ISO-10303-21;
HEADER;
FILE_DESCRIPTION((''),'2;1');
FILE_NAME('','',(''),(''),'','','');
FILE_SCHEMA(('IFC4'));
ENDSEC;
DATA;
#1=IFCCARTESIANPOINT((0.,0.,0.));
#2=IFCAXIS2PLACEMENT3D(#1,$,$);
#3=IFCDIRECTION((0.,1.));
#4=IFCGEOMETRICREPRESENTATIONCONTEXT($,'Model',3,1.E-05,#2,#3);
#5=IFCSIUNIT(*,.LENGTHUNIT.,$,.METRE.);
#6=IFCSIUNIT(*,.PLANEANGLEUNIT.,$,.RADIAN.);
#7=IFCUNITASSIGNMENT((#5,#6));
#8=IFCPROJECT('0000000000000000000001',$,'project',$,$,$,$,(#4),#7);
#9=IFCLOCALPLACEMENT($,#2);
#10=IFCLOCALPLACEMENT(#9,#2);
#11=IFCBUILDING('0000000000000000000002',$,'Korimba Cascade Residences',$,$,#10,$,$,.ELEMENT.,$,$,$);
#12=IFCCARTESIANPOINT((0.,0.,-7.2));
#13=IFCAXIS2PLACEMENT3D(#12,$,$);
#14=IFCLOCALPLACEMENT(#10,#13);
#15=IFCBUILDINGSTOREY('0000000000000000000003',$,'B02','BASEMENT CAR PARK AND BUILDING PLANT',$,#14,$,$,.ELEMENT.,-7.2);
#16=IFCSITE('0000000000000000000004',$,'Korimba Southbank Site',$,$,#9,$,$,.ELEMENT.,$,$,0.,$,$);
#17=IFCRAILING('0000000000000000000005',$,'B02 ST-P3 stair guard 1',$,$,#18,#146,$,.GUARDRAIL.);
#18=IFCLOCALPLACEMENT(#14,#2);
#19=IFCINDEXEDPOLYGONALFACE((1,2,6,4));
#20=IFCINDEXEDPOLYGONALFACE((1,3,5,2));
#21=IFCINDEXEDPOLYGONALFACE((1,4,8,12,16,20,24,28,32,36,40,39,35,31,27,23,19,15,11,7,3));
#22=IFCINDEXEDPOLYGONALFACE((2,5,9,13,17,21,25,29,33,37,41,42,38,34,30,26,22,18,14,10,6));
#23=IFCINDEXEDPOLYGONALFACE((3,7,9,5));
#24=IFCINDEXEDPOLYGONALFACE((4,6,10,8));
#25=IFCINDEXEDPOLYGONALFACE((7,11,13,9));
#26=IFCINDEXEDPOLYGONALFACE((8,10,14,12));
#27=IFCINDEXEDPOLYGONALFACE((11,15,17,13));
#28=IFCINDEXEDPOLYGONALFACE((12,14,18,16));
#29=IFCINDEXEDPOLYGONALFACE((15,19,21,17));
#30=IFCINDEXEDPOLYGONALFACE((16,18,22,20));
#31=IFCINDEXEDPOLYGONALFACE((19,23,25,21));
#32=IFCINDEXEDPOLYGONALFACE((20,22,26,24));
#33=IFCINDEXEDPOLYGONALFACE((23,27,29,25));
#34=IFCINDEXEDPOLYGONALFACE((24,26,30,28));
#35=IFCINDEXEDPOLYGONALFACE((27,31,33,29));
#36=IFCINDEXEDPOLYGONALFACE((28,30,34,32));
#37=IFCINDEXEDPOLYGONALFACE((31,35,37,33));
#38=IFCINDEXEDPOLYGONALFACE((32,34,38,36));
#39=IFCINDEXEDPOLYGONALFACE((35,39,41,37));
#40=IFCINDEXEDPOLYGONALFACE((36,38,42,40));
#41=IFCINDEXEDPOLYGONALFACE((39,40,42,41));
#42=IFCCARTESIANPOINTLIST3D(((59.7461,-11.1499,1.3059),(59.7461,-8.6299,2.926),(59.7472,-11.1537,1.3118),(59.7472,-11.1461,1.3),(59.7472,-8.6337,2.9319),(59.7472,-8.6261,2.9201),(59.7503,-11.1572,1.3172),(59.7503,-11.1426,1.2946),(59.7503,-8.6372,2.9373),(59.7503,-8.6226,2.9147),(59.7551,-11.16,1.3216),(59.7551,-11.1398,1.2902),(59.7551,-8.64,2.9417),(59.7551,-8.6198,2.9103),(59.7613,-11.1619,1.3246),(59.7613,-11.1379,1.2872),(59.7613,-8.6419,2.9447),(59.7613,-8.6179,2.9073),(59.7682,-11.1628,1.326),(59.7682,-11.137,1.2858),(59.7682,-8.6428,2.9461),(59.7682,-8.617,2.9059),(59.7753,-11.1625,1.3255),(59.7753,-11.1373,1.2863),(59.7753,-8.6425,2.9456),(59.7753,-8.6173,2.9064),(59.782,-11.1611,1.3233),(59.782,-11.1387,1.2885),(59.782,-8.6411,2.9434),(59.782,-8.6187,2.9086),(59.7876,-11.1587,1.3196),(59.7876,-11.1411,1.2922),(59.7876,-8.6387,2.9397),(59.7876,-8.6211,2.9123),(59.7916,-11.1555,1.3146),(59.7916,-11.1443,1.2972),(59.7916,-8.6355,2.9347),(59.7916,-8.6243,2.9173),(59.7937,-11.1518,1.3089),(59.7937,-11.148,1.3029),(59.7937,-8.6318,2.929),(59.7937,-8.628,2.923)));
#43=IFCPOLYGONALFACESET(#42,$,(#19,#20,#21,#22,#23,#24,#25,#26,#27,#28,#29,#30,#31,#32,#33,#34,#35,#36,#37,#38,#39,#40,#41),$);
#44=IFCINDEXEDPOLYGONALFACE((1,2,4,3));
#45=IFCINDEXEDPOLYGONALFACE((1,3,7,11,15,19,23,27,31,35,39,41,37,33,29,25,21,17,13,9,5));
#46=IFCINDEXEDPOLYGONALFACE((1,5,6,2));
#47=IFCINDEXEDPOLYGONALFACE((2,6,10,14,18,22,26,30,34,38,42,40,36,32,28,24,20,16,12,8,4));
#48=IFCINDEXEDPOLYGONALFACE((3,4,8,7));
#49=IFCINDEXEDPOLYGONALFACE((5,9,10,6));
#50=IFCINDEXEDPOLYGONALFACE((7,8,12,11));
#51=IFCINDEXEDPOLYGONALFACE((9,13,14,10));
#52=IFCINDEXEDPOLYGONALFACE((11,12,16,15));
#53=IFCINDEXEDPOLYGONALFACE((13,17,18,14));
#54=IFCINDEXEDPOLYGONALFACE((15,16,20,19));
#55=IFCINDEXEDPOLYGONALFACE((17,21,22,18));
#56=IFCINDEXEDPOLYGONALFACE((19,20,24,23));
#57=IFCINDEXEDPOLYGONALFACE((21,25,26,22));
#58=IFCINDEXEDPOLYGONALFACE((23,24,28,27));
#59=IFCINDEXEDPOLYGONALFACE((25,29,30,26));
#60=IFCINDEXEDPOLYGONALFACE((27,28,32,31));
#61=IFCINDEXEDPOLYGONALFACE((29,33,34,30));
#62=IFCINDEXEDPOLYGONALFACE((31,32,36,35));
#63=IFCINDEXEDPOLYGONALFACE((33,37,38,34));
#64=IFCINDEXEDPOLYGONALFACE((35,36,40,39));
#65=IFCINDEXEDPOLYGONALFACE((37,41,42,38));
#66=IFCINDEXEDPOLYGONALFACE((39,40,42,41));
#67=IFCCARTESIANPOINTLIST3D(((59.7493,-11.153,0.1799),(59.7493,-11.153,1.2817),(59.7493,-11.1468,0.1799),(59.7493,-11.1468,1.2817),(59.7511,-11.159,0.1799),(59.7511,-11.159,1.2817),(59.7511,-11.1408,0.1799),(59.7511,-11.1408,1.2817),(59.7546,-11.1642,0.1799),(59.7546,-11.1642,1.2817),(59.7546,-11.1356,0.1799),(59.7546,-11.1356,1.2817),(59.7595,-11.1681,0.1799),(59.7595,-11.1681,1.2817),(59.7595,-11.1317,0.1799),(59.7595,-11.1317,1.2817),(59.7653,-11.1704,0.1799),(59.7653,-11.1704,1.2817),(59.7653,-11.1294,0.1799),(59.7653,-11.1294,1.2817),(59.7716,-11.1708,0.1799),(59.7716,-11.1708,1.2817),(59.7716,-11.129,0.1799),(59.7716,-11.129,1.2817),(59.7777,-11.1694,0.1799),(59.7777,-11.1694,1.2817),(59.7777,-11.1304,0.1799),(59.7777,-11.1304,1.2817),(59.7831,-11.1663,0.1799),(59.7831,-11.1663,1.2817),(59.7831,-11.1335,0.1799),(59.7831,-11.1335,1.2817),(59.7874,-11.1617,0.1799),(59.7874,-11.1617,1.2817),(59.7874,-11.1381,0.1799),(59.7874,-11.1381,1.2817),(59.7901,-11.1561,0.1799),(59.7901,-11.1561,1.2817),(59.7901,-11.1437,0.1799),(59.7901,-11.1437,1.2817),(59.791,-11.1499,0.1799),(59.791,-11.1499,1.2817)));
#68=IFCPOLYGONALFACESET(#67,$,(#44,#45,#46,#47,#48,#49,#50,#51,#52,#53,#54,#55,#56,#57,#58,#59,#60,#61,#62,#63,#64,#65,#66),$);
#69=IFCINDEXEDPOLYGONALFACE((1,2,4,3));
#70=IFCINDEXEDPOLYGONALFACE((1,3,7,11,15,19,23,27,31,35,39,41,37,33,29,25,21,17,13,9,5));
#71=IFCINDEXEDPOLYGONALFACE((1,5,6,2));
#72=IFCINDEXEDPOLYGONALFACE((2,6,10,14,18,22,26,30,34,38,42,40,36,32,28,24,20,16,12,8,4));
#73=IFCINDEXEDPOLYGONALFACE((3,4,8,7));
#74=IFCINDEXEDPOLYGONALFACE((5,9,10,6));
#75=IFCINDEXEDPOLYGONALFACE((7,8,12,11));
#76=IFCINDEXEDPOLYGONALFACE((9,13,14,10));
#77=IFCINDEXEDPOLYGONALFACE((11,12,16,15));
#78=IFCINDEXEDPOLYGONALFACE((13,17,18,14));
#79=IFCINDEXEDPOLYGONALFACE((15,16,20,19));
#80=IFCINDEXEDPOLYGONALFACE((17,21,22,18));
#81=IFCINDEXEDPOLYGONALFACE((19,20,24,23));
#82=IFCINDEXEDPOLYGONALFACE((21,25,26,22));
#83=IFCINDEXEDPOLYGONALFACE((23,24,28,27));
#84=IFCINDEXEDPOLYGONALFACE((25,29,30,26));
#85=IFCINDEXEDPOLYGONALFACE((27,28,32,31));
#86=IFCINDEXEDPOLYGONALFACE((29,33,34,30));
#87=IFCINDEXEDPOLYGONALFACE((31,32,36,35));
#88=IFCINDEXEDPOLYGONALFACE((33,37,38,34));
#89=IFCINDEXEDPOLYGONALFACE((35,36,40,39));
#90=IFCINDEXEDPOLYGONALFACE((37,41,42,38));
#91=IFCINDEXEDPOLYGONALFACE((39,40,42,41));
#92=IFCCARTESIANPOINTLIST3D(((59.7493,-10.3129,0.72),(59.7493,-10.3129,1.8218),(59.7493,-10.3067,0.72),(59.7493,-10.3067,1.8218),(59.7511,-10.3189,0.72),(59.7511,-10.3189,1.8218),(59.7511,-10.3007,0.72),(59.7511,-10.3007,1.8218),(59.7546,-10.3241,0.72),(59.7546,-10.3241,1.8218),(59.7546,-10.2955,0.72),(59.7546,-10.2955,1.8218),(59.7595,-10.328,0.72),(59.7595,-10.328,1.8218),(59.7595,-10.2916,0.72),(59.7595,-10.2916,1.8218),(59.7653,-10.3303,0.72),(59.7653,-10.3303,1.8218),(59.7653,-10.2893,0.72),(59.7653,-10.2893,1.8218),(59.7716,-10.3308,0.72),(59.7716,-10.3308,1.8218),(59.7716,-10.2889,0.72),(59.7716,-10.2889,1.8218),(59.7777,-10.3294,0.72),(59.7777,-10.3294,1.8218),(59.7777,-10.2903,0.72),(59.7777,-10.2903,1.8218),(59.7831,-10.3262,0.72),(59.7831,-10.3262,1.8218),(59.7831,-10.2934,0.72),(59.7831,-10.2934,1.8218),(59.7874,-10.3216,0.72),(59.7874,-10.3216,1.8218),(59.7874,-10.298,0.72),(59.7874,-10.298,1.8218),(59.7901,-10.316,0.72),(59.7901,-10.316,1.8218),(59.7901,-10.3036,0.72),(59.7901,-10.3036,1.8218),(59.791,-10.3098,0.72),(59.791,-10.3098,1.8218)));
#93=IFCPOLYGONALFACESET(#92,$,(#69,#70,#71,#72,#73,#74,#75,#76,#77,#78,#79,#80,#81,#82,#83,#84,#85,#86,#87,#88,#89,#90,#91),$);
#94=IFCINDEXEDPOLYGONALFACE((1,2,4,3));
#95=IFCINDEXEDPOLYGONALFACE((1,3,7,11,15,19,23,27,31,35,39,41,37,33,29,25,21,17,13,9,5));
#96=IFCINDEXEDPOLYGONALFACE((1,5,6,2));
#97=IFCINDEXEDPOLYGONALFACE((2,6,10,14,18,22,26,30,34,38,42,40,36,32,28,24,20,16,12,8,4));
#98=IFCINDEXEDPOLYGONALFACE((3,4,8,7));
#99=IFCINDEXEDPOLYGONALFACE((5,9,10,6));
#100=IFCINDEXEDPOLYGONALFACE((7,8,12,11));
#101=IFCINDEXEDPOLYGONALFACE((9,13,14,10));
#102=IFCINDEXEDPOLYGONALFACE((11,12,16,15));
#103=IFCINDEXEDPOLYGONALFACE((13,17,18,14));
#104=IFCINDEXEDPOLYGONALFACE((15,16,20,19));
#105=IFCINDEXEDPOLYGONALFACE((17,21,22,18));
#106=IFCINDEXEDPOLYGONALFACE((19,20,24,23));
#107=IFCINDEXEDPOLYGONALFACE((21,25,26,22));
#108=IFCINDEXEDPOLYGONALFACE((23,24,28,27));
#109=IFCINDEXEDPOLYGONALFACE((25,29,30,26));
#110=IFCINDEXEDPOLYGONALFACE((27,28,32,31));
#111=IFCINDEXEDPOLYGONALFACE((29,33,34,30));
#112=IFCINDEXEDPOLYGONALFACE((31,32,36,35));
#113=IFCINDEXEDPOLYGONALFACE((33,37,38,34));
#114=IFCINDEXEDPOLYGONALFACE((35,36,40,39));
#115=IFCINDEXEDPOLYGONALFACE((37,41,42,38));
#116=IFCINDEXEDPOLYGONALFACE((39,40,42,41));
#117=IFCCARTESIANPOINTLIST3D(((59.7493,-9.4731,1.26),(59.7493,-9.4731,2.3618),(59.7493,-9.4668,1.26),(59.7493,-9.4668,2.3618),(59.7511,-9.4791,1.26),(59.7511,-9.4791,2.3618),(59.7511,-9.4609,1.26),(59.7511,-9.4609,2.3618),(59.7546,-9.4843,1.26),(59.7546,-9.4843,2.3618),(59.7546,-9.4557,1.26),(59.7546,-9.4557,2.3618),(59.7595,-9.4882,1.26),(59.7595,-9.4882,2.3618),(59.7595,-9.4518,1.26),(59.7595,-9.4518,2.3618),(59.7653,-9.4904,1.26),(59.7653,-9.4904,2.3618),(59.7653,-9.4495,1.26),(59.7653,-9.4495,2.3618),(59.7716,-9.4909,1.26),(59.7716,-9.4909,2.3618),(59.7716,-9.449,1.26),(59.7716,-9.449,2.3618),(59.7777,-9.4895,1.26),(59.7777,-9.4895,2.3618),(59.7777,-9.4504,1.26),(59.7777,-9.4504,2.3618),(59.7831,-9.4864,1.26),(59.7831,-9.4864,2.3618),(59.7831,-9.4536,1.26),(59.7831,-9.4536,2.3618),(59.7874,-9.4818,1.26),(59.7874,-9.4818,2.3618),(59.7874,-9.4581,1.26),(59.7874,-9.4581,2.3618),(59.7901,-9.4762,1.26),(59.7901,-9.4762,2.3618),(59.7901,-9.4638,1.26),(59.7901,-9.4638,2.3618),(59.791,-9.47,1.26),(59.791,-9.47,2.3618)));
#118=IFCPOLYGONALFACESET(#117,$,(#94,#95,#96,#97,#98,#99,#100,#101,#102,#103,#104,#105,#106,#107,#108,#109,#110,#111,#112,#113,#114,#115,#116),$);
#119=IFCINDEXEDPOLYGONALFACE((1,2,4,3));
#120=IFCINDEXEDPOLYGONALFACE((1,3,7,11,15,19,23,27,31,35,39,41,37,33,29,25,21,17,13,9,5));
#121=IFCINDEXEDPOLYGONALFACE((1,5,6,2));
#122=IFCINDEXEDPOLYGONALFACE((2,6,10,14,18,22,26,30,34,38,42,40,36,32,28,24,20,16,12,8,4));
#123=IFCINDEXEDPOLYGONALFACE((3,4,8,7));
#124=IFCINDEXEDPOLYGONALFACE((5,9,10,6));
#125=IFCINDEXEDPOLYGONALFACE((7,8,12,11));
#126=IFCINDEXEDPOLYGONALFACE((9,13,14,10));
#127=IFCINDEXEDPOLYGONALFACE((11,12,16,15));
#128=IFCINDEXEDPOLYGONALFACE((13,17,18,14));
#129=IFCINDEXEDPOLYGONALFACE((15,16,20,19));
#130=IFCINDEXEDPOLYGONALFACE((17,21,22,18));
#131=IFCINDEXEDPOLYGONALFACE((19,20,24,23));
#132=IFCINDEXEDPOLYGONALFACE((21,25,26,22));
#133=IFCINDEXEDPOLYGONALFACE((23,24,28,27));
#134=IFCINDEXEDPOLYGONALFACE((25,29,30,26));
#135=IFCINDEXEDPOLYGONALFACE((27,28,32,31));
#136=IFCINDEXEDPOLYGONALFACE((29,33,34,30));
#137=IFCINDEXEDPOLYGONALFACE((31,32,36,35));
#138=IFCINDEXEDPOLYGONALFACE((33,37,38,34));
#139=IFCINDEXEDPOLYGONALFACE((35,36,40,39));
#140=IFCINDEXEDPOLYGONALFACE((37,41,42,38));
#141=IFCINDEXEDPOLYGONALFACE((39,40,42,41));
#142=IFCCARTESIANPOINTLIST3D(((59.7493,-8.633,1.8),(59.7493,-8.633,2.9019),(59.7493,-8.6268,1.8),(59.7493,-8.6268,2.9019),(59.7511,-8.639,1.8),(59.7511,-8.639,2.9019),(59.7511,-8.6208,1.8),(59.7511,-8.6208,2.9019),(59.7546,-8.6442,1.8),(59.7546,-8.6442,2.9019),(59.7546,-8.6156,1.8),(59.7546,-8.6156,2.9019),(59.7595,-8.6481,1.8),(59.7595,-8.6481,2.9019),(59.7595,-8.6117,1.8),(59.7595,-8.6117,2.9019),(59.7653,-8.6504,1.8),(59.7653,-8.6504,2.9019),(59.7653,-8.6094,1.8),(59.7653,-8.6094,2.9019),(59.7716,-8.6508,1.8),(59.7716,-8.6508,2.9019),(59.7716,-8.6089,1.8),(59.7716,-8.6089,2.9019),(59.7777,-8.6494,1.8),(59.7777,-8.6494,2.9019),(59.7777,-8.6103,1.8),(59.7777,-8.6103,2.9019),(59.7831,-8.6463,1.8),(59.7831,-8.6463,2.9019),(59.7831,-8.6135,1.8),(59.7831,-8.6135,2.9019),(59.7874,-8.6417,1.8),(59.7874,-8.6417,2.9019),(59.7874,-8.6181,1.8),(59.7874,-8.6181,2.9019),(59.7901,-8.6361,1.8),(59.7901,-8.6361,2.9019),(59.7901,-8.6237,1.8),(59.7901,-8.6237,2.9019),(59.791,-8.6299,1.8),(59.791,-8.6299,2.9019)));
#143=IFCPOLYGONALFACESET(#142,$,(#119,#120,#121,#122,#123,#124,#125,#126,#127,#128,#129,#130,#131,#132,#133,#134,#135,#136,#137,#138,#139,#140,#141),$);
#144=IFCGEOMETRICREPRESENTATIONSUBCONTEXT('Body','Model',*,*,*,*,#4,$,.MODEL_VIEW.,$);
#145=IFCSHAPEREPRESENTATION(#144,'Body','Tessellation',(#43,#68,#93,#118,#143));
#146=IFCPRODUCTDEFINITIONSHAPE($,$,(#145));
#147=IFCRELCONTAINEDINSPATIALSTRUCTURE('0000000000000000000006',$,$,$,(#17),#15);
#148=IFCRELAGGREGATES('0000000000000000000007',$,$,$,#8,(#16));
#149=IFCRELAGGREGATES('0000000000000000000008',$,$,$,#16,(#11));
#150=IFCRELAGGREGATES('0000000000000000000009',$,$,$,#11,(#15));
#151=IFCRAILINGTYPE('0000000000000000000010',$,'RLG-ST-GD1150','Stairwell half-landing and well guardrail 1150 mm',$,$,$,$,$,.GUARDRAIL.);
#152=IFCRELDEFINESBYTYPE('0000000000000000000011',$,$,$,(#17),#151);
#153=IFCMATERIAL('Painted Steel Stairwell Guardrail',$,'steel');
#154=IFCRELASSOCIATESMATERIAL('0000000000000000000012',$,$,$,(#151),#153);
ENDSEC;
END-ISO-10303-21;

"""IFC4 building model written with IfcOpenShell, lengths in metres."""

from ifc_helpers import new_model, si_unit, direction, frame, origin, origin_2d, place, context, subcontext, project, spatial, circle, extrude, material, type_object, element, save


model = new_model("IFC4")

# Units and contexts
model_context = context("Model", 3, precision=1e-05, world=origin(), true_north=direction((0.0, 1.0)))
body_context = subcontext(model_context, "Body", "Model", "MODEL_VIEW")
ifc_project = project(units=[si_unit("LENGTHUNIT", "METRE"), si_unit("PLANEANGLEUNIT", "RADIAN")], contexts=[model_context])

# Site, building, storey
site_placement = place(None, origin())
site = spatial("IfcSite", under=ifc_project, at=site_placement, Name="Korimba Southbank Site", CompositionType="ELEMENT", RefElevation=0.0)
building_placement = place(site_placement, origin())
building = spatial("IfcBuilding", under=site, at=building_placement, Name="Korimba Cascade Residences", CompositionType="ELEMENT")
storey_placement = place(building_placement, frame((0.0, 0.0, -7.2)))
storey = spatial("IfcBuildingStorey", under=building, at=storey_placement, Name="B02", Description="BASEMENT CAR PARK AND BUILDING PLANT", CompositionType="ELEMENT", Elevation=-7.2)

# Railing
ifc_material_1 = material(Name="Painted Steel Stairwell Guardrail", Category="steel")
railing_type_1 = type_object("IfcRailingType", Name="RLG-ST-GD1150", Description="Stairwell half-landing and well guardrail 1150 mm", PredefinedType="GUARDRAIL", material=ifc_material_1)
railing_1_placement = place(storey_placement, frame((59.77, -11.1499, 0.1799)))
element("IfcRailing", 1, at=railing_1_placement, inside=storey, type_object=railing_type_1, Name="B02 ST-P3 stair guard 1", PredefinedType="GUARDRAIL", context=body_context, shape_type="SweptSolid", body=[
    extrude(circle(Radius=0.0239, at=origin_2d()), frame((0.0, 0.0, 1.126), z_axis=(0.0, 0.841163, 0.540782), x_axis=(-1.0, 0.0, 0.0)), (0.0, 0.0, 1.0), 2.9958),
    extrude(circle(Radius=0.021, at=origin_2d()), origin(), (0.0, 0.0, 1.0), 1.1018),
    extrude(circle(Radius=0.021, at=origin_2d()), frame((0.0, 0.8401, 0.54)), (0.0, 0.0, 1.0), 1.1018),
    extrude(circle(Radius=0.021, at=origin_2d()), frame((0.0, 1.6799, 1.0801)), (0.0, 0.0, 1.0), 1.1018),
    extrude(circle(Radius=0.021, at=origin_2d()), frame((0.0, 2.52, 1.6201)), (0.0, 0.0, 1.0), 1.1018),
])

save(model, "model.ifc")
